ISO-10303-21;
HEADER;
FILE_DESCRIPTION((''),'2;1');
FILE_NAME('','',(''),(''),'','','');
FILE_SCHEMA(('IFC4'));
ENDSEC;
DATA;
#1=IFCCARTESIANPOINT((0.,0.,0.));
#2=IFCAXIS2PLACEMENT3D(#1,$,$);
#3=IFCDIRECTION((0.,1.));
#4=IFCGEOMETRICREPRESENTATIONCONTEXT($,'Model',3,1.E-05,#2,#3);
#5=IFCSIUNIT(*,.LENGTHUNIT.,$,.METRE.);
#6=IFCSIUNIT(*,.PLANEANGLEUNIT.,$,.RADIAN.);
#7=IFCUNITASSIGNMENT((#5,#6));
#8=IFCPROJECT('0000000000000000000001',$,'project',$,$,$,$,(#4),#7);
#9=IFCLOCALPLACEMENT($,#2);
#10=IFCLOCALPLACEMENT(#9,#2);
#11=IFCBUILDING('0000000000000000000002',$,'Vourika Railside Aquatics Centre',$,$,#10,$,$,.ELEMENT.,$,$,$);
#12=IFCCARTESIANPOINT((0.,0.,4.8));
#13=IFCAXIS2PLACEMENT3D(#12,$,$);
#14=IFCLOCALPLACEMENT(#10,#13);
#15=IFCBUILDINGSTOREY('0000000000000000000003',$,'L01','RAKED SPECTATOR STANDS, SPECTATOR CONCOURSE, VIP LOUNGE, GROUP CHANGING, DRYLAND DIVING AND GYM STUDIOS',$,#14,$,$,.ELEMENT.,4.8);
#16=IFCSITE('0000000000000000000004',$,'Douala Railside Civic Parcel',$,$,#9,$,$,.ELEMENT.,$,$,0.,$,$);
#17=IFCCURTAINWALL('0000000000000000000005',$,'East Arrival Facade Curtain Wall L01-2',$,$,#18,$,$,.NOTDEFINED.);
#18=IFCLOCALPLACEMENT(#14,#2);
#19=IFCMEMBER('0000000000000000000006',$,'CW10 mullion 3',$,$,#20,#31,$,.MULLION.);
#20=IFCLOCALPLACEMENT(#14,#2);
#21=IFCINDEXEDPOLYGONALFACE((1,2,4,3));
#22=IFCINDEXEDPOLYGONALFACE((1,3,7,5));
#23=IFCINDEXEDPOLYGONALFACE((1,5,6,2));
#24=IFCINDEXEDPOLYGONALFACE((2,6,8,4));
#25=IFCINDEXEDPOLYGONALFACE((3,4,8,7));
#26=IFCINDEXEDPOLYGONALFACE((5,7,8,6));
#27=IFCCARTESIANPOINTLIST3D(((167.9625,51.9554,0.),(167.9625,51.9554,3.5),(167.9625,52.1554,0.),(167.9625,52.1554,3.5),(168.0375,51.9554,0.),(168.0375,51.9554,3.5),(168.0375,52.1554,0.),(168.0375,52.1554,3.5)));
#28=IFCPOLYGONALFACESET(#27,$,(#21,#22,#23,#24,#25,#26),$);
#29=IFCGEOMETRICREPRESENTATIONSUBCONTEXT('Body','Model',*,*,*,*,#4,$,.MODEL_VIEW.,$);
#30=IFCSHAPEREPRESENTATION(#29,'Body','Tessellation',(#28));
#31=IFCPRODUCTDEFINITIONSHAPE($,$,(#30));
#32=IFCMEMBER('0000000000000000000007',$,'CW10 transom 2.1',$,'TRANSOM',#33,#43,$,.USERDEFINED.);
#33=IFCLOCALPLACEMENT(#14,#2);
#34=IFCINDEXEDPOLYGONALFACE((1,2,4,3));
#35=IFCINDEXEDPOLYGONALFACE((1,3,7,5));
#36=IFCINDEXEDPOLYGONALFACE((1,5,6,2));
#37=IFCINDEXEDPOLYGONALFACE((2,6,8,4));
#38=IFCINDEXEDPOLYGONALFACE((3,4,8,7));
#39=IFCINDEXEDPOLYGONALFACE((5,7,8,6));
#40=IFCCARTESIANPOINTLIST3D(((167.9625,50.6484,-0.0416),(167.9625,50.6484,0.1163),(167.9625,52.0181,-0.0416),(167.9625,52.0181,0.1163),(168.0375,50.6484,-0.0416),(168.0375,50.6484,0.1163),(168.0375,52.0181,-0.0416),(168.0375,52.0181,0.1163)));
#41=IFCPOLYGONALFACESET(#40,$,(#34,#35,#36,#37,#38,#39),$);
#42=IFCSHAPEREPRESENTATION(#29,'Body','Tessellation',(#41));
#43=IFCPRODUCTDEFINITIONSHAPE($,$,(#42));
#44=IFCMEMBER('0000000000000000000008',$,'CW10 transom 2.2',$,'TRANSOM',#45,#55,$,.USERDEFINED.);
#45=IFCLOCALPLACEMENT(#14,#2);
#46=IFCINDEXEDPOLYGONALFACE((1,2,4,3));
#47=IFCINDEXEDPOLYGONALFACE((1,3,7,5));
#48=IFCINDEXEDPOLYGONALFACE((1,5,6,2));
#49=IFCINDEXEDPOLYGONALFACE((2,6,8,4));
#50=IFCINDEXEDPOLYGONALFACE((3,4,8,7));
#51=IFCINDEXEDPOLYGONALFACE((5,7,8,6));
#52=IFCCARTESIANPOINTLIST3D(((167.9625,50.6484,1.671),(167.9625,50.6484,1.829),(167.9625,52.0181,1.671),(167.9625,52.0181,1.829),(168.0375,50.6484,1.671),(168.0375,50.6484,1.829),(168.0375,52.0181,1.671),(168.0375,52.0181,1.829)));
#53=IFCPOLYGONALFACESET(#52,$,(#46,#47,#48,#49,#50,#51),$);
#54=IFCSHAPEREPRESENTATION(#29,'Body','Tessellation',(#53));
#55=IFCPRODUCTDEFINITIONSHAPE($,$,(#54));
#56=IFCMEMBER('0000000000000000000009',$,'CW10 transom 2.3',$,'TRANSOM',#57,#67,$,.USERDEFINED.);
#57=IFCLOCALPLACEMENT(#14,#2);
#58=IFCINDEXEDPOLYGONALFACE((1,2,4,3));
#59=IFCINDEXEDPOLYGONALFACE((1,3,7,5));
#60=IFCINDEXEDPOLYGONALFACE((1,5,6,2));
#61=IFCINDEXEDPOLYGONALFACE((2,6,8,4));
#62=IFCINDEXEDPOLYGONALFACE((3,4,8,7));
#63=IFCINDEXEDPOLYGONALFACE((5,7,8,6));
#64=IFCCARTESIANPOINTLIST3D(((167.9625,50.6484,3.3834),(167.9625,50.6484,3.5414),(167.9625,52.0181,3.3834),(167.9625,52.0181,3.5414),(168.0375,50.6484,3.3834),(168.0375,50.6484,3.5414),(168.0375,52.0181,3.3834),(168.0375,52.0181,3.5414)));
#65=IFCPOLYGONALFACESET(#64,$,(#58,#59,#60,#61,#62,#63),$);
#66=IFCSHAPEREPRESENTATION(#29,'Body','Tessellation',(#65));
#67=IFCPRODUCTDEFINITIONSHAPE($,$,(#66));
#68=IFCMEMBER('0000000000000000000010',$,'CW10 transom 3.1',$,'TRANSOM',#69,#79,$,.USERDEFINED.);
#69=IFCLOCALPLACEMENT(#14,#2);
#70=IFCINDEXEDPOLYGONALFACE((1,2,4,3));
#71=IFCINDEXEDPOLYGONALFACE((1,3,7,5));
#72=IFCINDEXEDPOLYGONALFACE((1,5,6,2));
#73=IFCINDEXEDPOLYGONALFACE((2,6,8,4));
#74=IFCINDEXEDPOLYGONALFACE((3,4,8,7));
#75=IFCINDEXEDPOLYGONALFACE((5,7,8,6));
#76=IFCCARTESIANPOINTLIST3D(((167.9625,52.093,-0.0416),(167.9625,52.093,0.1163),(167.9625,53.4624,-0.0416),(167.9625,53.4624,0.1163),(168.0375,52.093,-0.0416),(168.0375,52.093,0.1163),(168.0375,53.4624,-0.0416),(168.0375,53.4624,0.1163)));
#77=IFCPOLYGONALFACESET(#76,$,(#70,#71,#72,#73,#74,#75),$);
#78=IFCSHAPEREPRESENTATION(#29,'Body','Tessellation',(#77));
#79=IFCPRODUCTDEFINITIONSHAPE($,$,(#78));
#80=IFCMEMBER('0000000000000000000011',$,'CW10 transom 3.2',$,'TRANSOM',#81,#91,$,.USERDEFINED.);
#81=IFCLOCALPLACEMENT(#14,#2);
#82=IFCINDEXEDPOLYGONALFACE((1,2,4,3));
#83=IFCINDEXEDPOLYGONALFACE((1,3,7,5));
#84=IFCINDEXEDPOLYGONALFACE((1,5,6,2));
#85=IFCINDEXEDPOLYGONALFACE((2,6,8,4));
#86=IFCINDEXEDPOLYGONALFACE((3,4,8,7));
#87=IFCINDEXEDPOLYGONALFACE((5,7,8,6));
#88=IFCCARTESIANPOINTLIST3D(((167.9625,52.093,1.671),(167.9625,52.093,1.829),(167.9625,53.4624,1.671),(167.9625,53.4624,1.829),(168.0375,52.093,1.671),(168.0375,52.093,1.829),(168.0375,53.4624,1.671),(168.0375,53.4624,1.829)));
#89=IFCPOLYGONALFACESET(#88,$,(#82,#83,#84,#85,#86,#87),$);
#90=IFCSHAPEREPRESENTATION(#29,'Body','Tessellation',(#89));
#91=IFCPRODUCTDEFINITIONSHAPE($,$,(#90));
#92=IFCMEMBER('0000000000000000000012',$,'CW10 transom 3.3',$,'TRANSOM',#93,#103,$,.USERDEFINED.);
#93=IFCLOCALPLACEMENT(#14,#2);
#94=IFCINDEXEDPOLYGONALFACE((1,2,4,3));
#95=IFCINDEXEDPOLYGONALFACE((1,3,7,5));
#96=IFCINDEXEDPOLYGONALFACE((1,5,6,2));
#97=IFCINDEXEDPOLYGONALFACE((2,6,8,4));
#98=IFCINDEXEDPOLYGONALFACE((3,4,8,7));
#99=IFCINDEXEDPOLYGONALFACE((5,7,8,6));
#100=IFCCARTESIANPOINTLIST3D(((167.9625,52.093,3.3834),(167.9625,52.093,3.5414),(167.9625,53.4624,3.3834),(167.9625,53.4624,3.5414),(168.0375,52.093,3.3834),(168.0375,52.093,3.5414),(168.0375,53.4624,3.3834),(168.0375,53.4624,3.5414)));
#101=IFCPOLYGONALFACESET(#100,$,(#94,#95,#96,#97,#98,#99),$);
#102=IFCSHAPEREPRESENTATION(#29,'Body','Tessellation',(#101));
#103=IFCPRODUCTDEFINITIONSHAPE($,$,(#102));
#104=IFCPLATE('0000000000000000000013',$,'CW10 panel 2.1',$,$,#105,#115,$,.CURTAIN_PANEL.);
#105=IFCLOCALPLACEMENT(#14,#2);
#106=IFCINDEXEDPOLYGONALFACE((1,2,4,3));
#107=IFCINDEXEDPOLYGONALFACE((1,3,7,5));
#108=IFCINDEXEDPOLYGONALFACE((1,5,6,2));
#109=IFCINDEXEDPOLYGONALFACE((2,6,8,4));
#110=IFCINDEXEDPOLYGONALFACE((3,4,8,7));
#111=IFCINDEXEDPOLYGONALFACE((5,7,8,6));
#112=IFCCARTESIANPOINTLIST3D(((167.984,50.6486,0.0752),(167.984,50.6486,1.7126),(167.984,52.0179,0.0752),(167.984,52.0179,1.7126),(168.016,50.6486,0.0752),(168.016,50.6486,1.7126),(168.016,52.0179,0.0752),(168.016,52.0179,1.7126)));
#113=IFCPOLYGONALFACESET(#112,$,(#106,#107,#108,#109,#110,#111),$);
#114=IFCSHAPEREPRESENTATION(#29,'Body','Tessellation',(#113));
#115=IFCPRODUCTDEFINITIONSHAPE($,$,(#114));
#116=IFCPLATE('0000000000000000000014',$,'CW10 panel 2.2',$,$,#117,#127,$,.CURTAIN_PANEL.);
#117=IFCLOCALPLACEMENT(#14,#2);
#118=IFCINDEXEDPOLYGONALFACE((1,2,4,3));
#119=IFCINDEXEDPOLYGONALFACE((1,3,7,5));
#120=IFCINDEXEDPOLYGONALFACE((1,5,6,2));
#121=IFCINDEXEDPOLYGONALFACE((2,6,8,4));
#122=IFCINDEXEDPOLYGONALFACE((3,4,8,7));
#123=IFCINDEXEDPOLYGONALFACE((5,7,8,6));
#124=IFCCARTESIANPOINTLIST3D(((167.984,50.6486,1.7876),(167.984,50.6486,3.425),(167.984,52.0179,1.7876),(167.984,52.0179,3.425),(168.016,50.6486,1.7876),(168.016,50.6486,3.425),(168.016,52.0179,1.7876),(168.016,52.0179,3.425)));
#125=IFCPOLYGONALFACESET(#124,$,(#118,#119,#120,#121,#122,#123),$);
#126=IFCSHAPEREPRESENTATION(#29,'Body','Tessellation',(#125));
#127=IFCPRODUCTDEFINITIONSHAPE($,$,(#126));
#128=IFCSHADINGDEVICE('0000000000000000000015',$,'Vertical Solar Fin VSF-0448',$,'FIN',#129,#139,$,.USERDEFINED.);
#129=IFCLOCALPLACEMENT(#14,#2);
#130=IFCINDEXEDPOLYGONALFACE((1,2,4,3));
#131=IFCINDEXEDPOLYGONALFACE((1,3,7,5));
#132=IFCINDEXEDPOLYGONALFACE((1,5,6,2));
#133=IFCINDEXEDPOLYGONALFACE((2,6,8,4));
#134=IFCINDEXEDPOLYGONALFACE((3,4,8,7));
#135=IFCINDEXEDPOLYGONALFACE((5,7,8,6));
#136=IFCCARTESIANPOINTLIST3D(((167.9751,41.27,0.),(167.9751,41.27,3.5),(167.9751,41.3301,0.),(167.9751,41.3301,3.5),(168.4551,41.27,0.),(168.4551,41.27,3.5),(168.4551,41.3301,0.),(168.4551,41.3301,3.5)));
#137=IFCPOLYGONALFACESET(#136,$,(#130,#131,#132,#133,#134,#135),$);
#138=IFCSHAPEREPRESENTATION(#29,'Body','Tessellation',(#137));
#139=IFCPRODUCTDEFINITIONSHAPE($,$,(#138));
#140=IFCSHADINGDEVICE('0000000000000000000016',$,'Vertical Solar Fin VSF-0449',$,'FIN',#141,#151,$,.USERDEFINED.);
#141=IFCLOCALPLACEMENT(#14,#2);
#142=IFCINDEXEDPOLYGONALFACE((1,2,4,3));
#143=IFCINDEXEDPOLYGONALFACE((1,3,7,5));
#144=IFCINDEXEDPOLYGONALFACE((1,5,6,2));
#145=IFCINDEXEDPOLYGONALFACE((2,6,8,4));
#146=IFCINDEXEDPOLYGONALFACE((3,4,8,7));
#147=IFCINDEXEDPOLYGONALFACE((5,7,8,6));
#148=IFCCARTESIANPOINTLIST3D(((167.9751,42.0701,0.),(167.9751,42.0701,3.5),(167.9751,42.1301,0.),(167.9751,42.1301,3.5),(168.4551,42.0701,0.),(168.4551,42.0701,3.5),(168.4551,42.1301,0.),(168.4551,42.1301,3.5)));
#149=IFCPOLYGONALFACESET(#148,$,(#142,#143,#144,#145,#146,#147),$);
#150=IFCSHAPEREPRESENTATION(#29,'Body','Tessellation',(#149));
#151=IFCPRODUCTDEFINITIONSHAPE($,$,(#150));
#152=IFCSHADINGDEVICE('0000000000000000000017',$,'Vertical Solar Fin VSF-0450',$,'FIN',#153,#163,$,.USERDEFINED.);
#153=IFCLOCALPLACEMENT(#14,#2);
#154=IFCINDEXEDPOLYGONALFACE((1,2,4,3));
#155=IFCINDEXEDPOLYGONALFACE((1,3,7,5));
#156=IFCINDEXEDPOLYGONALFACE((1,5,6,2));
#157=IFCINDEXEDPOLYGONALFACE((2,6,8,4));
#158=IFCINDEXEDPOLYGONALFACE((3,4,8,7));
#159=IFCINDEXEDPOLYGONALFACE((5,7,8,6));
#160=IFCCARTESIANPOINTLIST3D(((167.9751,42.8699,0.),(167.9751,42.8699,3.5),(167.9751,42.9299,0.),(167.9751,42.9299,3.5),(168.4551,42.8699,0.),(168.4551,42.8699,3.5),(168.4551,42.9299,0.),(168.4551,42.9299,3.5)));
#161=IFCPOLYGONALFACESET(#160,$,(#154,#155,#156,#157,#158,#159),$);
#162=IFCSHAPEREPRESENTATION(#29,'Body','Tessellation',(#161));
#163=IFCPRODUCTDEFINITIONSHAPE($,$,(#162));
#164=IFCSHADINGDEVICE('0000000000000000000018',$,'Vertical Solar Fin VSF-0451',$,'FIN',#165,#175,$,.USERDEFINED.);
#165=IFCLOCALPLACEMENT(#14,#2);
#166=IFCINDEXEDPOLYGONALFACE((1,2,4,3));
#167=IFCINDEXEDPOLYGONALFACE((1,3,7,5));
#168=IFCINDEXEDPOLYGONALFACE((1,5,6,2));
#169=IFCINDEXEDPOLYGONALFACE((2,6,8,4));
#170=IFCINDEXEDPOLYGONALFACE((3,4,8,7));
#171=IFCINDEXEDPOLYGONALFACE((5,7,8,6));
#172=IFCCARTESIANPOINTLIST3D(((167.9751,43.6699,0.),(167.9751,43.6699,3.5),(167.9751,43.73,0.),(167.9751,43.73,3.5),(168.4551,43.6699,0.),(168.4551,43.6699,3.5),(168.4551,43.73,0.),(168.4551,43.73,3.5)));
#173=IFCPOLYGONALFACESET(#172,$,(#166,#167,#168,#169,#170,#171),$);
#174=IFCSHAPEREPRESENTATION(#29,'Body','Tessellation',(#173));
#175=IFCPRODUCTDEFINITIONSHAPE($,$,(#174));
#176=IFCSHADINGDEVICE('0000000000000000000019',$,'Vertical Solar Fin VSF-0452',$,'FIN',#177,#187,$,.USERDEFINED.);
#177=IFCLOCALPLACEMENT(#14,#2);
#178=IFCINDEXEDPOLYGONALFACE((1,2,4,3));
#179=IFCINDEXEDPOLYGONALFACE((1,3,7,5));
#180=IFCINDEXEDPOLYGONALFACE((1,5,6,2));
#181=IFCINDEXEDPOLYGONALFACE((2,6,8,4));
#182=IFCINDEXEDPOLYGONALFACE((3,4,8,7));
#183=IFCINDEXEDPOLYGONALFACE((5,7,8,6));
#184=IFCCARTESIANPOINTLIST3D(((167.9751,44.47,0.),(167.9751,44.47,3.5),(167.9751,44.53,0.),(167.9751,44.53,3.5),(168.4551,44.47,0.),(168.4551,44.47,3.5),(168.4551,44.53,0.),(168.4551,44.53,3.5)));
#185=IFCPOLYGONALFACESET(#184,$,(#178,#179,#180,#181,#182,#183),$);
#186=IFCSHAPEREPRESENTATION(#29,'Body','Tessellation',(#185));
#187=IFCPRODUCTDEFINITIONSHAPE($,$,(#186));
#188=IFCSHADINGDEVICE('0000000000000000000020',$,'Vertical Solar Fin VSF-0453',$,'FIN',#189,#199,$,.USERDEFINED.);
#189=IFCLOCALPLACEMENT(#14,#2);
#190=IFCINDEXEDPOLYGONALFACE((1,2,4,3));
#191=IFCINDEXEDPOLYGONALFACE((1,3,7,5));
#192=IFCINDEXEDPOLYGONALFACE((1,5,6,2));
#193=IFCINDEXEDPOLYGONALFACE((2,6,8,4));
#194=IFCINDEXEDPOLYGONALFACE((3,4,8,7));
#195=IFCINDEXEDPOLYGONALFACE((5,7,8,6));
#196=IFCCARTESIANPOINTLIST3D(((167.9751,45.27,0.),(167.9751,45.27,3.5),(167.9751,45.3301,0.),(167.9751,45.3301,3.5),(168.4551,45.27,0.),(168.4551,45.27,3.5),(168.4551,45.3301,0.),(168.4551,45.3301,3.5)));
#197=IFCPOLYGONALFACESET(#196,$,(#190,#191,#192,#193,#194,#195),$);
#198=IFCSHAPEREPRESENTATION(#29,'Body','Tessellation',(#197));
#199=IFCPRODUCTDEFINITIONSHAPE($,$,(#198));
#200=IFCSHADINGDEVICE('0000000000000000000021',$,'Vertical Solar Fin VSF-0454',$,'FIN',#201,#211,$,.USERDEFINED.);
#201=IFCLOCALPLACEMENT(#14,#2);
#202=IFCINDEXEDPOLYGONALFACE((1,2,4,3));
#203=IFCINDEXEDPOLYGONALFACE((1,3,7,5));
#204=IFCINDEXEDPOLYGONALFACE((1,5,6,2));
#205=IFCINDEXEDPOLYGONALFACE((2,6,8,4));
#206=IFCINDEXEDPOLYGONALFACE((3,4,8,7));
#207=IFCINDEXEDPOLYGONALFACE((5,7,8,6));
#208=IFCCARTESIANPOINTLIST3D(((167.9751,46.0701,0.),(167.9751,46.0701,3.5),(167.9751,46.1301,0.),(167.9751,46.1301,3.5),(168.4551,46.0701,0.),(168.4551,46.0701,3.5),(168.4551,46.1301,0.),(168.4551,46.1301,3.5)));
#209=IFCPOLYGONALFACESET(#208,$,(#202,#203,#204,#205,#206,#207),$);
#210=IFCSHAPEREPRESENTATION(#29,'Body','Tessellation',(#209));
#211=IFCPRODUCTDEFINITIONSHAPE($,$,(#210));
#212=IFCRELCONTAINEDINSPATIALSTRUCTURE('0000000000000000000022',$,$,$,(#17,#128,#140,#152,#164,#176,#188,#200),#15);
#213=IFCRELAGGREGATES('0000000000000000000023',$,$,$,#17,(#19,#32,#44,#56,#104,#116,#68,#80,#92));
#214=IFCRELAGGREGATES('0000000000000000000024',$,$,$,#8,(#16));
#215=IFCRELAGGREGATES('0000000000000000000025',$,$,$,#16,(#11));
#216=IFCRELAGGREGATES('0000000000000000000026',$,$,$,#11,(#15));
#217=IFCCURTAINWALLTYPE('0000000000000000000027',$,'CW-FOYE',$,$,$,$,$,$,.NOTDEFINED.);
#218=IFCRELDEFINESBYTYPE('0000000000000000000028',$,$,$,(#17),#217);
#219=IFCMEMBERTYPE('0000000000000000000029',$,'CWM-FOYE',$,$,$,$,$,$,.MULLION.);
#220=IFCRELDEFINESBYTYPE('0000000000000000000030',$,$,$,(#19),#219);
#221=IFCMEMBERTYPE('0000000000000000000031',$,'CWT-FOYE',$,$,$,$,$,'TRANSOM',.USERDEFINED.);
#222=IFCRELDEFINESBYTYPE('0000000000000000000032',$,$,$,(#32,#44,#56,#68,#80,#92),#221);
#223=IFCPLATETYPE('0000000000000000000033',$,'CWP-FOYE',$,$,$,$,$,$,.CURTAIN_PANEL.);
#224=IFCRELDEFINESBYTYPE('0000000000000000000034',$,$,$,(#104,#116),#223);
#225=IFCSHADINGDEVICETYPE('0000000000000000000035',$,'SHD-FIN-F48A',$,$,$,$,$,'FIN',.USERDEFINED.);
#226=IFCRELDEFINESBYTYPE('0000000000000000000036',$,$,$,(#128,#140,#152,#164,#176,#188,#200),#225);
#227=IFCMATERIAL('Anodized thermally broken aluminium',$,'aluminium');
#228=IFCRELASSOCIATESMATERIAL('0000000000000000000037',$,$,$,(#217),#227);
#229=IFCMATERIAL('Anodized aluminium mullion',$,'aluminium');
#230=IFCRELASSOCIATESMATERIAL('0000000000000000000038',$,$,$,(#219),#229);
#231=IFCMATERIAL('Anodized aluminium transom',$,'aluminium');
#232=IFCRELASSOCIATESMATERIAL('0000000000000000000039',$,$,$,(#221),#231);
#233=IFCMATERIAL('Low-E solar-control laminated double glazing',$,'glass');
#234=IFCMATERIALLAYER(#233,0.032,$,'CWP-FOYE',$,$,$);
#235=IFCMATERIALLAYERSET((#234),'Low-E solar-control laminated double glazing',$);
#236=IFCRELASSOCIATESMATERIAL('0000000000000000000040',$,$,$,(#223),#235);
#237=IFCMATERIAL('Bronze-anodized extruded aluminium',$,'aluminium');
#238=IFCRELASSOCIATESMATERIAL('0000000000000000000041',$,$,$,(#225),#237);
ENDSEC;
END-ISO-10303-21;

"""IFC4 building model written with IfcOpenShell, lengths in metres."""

from ifc_helpers import new_model, si_unit, direction, frame, origin, origin_2d, place, context, subcontext, project, spatial, rectangle, extrude, material, layer, layer_set, material_profile, profile_set, type_object, element, aggregate, save


model = new_model("IFC4")

# Units and contexts
model_context = context("Model", 3, precision=1e-05, world=origin(), true_north=direction((0.0, 1.0)))
body_context = subcontext(model_context, "Body", "Model", "MODEL_VIEW")
ifc_project = project(units=[si_unit("LENGTHUNIT", "METRE"), si_unit("PLANEANGLEUNIT", "RADIAN")], contexts=[model_context])

# Site, building, storey
site_placement = place(None, origin())
site = spatial("IfcSite", under=ifc_project, at=site_placement, Name="Douala Railside Civic Parcel", CompositionType="ELEMENT", RefElevation=0.0)
building_placement = place(site_placement, origin())
building = spatial("IfcBuilding", under=site, at=building_placement, Name="Vourika Railside Aquatics Centre", CompositionType="ELEMENT")
storey_placement = place(building_placement, frame((0.0, 0.0, 4.8)))
storey = spatial("IfcBuildingStorey", under=building, at=storey_placement, Name="L01", Description="RAKED SPECTATOR STANDS, SPECTATOR CONCOURSE, VIP LOUNGE, GROUP CHANGING, DRYLAND DIVING AND GYM STUDIOS", CompositionType="ELEMENT", Elevation=4.8)

# Curtain wall, members, plates
ifc_material_1 = material(Name="Anodized thermally broken aluminium", Category="aluminium")
curtain_wall_type = type_object("IfcCurtainWallType", Name="CW-FOYE", PredefinedType="NOTDEFINED", material=ifc_material_1)
curtain_wall_placement = place(storey_placement, origin())
curtain_wall = element("IfcCurtainWall", 1, at=curtain_wall_placement, inside=storey, type_object=curtain_wall_type, Name="East Arrival Facade Curtain Wall L01-2", PredefinedType="NOTDEFINED")
ifc_material_2 = material(Name="Anodized aluminium mullion", Category="aluminium")
ifc_material_profile_1 = material_profile(ifc_material_2, rectangle(XDim=0.075, YDim=0.2, at=origin_2d()), Name="ALU-M 75x200")
ifc_profile_set_1 = profile_set([ifc_material_profile_1], Name="Anodized aluminium mullion")
member_type_1 = type_object("IfcMemberType", Name="CWM-FOYE", PredefinedType="MULLION", material=ifc_profile_set_1)
member_1_placement = place(storey_placement, frame((168.0, 52.0554, 0.0), z_axis=(0.0, 0.0, 1.0), x_axis=(-1.0, 0.0, 0.0)))
member_1 = element("IfcMember", 2, at=member_1_placement, type_object=member_type_1, Name="CW10 mullion 3", PredefinedType="MULLION", context=body_context, shape_type="SweptSolid", body=[
    extrude(rectangle(XDim=0.075, YDim=0.2, at=origin_2d()), origin(), (0.0, 0.0, 1.0), 3.5),
])
ifc_material_3 = material(Name="Anodized aluminium transom", Category="aluminium")
ifc_material_profile_2 = material_profile(ifc_material_3, rectangle(XDim=0.075, YDim=0.158, at=origin_2d()), Name="ALU-T 75x158")
ifc_profile_set_2 = profile_set([ifc_material_profile_2], Name="Anodized aluminium transom")
member_type_2 = type_object("IfcMemberType", Name="CWT-FOYE", ElementType="TRANSOM", PredefinedType="USERDEFINED", material=ifc_profile_set_2)
member_2_placement = place(storey_placement, frame((168.0, 50.6484, 0.0374), z_axis=(0.0, 1.0, 0.0), x_axis=(-1.0, 0.0, 0.0)))
member_2 = element("IfcMember", 3, at=member_2_placement, type_object=member_type_2, Name="CW10 transom 2.1", ObjectType="TRANSOM", PredefinedType="USERDEFINED", context=body_context, shape_type="SweptSolid", body=[
    extrude(rectangle(XDim=0.075, YDim=0.158, at=origin_2d()), origin(), (0.0, 0.0, 1.0), 1.3696),
])
member_3_placement = place(storey_placement, frame((168.0, 50.6484, 1.75), z_axis=(0.0, 1.0, 0.0), x_axis=(-1.0, 0.0, 0.0)))
member_3 = element("IfcMember", 4, at=member_3_placement, type_object=member_type_2, Name="CW10 transom 2.2", ObjectType="TRANSOM", PredefinedType="USERDEFINED", context=body_context, shape_type="SweptSolid", body=[
    extrude(rectangle(XDim=0.075, YDim=0.158, at=origin_2d()), origin(), (0.0, 0.0, 1.0), 1.3696),
])
member_4_placement = place(storey_placement, frame((168.0, 50.6484, 3.4624), z_axis=(0.0, 1.0, 0.0), x_axis=(-1.0, 0.0, 0.0)))
member_4 = element("IfcMember", 5, at=member_4_placement, type_object=member_type_2, Name="CW10 transom 2.3", ObjectType="TRANSOM", PredefinedType="USERDEFINED", context=body_context, shape_type="SweptSolid", body=[
    extrude(rectangle(XDim=0.075, YDim=0.158, at=origin_2d()), origin(), (0.0, 0.0, 1.0), 1.3696),
])
member_5_placement = place(storey_placement, frame((168.0, 52.093, 0.0374), z_axis=(0.0, 1.0, 0.0), x_axis=(-1.0, 0.0, 0.0)))
member_5 = element("IfcMember", 6, at=member_5_placement, type_object=member_type_2, Name="CW10 transom 3.1", ObjectType="TRANSOM", PredefinedType="USERDEFINED", context=body_context, shape_type="SweptSolid", body=[
    extrude(rectangle(XDim=0.075, YDim=0.158, at=origin_2d()), origin(), (0.0, 0.0, 1.0), 1.3694),
])
member_6_placement = place(storey_placement, frame((168.0, 52.093, 1.75), z_axis=(0.0, 1.0, 0.0), x_axis=(-1.0, 0.0, 0.0)))
member_6 = element("IfcMember", 7, at=member_6_placement, type_object=member_type_2, Name="CW10 transom 3.2", ObjectType="TRANSOM", PredefinedType="USERDEFINED", context=body_context, shape_type="SweptSolid", body=[
    extrude(rectangle(XDim=0.075, YDim=0.158, at=origin_2d()), origin(), (0.0, 0.0, 1.0), 1.3694),
])
member_7_placement = place(storey_placement, frame((168.0, 52.093, 3.4624), z_axis=(0.0, 1.0, 0.0), x_axis=(-1.0, 0.0, 0.0)))
member_7 = element("IfcMember", 8, at=member_7_placement, type_object=member_type_2, Name="CW10 transom 3.3", ObjectType="TRANSOM", PredefinedType="USERDEFINED", context=body_context, shape_type="SweptSolid", body=[
    extrude(rectangle(XDim=0.075, YDim=0.158, at=origin_2d()), origin(), (0.0, 0.0, 1.0), 1.3694),
])
ifc_material_4 = material(Name="Low-E solar-control laminated double glazing", Category="glass")
ifc_layer = layer(ifc_material_4, 0.032, Name="CWP-FOYE")
ifc_layer_set = layer_set([ifc_layer], Name="Low-E solar-control laminated double glazing")
plate_type = type_object("IfcPlateType", Name="CWP-FOYE", PredefinedType="CURTAIN_PANEL", material=ifc_layer_set)
plate_1_placement = place(storey_placement, frame((168.0, 51.3333, 0.0752), z_axis=(0.0, 0.0, 1.0), x_axis=(0.0, 1.0, 0.0)))
plate_1 = element("IfcPlate", 9, at=plate_1_placement, type_object=plate_type, Name="CW10 panel 2.1", PredefinedType="CURTAIN_PANEL", context=body_context, shape_type="SweptSolid", body=[
    extrude(rectangle(XDim=1.3694, YDim=0.032, at=origin_2d()), origin(), (0.0, 0.0, 1.0), 1.6375),
])
plate_2_placement = place(storey_placement, frame((168.0, 51.3333, 1.7876), z_axis=(0.0, 0.0, 1.0), x_axis=(0.0, 1.0, 0.0)))
plate_2 = element("IfcPlate", 10, at=plate_2_placement, type_object=plate_type, Name="CW10 panel 2.2", PredefinedType="CURTAIN_PANEL", context=body_context, shape_type="SweptSolid", body=[
    extrude(rectangle(XDim=1.3694, YDim=0.032, at=origin_2d()), origin(), (0.0, 0.0, 1.0), 1.6375),
])
aggregate(curtain_wall, [member_1, member_2, member_3, member_4, plate_1, plate_2, member_5, member_6, member_7])

# Shading devices
ifc_material_5 = material(Name="Bronze-anodized extruded aluminium", Category="aluminium")
ifc_material_profile_3 = material_profile(ifc_material_5, rectangle(XDim=0.0601, YDim=0.48, at=origin_2d()), Name="ALU-FIN 60x480")
ifc_profile_set_3 = profile_set([ifc_material_profile_3], Name="Bronze-anodized extruded aluminium")
shading_device_type = type_object("IfcShadingDeviceType", Name="SHD-FIN-F48A", ElementType="FIN", PredefinedType="USERDEFINED", material=ifc_profile_set_3)
for number, where, z_axis, x_axis, name in (
    (11, (168.2151, 41.3, 0.0), (0.0, 0.0, 1.0), (0.0, -1.0, 0.0), "Vertical Solar Fin VSF-0448"),
    (12, (168.2151, 42.1001, 0.0), (0.0, 0.0, 1.0), (0.0, -1.0, 0.0), "Vertical Solar Fin VSF-0449"),
    (13, (168.2151, 42.8999, 0.0), (0.0, 0.0, 1.0), (0.0, -1.0, 0.0), "Vertical Solar Fin VSF-0450"),
    (14, (168.2151, 43.7, 0.0), (0.0, 0.0, 1.0), (0.0, -1.0, 0.0), "Vertical Solar Fin VSF-0451"),
    (15, (168.2151, 44.5, 0.0), (0.0, 0.0, 1.0), (0.0, -1.0, 0.0), "Vertical Solar Fin VSF-0452"),
    (16, (168.2151, 45.3, 0.0), (0.0, 0.0, 1.0), (0.0, -1.0, 0.0), "Vertical Solar Fin VSF-0453"),
    (17, (168.2151, 46.1001, 0.0), (0.0, 0.0, 1.0), (0.0, -1.0, 0.0), "Vertical Solar Fin VSF-0454"),
):
    element("IfcShadingDevice", number, at=place(storey_placement, frame(where, z_axis=z_axis, x_axis=x_axis)), inside=storey, type_object=shading_device_type, Name=name, ObjectType="FIN", PredefinedType="USERDEFINED", context=body_context, shape_type="SweptSolid", body=[
        extrude(rectangle(XDim=0.0601, YDim=0.48, at=origin_2d()), origin(), (0.0, 0.0, 1.0), 3.5),
    ])

save(model, "model.ifc")
